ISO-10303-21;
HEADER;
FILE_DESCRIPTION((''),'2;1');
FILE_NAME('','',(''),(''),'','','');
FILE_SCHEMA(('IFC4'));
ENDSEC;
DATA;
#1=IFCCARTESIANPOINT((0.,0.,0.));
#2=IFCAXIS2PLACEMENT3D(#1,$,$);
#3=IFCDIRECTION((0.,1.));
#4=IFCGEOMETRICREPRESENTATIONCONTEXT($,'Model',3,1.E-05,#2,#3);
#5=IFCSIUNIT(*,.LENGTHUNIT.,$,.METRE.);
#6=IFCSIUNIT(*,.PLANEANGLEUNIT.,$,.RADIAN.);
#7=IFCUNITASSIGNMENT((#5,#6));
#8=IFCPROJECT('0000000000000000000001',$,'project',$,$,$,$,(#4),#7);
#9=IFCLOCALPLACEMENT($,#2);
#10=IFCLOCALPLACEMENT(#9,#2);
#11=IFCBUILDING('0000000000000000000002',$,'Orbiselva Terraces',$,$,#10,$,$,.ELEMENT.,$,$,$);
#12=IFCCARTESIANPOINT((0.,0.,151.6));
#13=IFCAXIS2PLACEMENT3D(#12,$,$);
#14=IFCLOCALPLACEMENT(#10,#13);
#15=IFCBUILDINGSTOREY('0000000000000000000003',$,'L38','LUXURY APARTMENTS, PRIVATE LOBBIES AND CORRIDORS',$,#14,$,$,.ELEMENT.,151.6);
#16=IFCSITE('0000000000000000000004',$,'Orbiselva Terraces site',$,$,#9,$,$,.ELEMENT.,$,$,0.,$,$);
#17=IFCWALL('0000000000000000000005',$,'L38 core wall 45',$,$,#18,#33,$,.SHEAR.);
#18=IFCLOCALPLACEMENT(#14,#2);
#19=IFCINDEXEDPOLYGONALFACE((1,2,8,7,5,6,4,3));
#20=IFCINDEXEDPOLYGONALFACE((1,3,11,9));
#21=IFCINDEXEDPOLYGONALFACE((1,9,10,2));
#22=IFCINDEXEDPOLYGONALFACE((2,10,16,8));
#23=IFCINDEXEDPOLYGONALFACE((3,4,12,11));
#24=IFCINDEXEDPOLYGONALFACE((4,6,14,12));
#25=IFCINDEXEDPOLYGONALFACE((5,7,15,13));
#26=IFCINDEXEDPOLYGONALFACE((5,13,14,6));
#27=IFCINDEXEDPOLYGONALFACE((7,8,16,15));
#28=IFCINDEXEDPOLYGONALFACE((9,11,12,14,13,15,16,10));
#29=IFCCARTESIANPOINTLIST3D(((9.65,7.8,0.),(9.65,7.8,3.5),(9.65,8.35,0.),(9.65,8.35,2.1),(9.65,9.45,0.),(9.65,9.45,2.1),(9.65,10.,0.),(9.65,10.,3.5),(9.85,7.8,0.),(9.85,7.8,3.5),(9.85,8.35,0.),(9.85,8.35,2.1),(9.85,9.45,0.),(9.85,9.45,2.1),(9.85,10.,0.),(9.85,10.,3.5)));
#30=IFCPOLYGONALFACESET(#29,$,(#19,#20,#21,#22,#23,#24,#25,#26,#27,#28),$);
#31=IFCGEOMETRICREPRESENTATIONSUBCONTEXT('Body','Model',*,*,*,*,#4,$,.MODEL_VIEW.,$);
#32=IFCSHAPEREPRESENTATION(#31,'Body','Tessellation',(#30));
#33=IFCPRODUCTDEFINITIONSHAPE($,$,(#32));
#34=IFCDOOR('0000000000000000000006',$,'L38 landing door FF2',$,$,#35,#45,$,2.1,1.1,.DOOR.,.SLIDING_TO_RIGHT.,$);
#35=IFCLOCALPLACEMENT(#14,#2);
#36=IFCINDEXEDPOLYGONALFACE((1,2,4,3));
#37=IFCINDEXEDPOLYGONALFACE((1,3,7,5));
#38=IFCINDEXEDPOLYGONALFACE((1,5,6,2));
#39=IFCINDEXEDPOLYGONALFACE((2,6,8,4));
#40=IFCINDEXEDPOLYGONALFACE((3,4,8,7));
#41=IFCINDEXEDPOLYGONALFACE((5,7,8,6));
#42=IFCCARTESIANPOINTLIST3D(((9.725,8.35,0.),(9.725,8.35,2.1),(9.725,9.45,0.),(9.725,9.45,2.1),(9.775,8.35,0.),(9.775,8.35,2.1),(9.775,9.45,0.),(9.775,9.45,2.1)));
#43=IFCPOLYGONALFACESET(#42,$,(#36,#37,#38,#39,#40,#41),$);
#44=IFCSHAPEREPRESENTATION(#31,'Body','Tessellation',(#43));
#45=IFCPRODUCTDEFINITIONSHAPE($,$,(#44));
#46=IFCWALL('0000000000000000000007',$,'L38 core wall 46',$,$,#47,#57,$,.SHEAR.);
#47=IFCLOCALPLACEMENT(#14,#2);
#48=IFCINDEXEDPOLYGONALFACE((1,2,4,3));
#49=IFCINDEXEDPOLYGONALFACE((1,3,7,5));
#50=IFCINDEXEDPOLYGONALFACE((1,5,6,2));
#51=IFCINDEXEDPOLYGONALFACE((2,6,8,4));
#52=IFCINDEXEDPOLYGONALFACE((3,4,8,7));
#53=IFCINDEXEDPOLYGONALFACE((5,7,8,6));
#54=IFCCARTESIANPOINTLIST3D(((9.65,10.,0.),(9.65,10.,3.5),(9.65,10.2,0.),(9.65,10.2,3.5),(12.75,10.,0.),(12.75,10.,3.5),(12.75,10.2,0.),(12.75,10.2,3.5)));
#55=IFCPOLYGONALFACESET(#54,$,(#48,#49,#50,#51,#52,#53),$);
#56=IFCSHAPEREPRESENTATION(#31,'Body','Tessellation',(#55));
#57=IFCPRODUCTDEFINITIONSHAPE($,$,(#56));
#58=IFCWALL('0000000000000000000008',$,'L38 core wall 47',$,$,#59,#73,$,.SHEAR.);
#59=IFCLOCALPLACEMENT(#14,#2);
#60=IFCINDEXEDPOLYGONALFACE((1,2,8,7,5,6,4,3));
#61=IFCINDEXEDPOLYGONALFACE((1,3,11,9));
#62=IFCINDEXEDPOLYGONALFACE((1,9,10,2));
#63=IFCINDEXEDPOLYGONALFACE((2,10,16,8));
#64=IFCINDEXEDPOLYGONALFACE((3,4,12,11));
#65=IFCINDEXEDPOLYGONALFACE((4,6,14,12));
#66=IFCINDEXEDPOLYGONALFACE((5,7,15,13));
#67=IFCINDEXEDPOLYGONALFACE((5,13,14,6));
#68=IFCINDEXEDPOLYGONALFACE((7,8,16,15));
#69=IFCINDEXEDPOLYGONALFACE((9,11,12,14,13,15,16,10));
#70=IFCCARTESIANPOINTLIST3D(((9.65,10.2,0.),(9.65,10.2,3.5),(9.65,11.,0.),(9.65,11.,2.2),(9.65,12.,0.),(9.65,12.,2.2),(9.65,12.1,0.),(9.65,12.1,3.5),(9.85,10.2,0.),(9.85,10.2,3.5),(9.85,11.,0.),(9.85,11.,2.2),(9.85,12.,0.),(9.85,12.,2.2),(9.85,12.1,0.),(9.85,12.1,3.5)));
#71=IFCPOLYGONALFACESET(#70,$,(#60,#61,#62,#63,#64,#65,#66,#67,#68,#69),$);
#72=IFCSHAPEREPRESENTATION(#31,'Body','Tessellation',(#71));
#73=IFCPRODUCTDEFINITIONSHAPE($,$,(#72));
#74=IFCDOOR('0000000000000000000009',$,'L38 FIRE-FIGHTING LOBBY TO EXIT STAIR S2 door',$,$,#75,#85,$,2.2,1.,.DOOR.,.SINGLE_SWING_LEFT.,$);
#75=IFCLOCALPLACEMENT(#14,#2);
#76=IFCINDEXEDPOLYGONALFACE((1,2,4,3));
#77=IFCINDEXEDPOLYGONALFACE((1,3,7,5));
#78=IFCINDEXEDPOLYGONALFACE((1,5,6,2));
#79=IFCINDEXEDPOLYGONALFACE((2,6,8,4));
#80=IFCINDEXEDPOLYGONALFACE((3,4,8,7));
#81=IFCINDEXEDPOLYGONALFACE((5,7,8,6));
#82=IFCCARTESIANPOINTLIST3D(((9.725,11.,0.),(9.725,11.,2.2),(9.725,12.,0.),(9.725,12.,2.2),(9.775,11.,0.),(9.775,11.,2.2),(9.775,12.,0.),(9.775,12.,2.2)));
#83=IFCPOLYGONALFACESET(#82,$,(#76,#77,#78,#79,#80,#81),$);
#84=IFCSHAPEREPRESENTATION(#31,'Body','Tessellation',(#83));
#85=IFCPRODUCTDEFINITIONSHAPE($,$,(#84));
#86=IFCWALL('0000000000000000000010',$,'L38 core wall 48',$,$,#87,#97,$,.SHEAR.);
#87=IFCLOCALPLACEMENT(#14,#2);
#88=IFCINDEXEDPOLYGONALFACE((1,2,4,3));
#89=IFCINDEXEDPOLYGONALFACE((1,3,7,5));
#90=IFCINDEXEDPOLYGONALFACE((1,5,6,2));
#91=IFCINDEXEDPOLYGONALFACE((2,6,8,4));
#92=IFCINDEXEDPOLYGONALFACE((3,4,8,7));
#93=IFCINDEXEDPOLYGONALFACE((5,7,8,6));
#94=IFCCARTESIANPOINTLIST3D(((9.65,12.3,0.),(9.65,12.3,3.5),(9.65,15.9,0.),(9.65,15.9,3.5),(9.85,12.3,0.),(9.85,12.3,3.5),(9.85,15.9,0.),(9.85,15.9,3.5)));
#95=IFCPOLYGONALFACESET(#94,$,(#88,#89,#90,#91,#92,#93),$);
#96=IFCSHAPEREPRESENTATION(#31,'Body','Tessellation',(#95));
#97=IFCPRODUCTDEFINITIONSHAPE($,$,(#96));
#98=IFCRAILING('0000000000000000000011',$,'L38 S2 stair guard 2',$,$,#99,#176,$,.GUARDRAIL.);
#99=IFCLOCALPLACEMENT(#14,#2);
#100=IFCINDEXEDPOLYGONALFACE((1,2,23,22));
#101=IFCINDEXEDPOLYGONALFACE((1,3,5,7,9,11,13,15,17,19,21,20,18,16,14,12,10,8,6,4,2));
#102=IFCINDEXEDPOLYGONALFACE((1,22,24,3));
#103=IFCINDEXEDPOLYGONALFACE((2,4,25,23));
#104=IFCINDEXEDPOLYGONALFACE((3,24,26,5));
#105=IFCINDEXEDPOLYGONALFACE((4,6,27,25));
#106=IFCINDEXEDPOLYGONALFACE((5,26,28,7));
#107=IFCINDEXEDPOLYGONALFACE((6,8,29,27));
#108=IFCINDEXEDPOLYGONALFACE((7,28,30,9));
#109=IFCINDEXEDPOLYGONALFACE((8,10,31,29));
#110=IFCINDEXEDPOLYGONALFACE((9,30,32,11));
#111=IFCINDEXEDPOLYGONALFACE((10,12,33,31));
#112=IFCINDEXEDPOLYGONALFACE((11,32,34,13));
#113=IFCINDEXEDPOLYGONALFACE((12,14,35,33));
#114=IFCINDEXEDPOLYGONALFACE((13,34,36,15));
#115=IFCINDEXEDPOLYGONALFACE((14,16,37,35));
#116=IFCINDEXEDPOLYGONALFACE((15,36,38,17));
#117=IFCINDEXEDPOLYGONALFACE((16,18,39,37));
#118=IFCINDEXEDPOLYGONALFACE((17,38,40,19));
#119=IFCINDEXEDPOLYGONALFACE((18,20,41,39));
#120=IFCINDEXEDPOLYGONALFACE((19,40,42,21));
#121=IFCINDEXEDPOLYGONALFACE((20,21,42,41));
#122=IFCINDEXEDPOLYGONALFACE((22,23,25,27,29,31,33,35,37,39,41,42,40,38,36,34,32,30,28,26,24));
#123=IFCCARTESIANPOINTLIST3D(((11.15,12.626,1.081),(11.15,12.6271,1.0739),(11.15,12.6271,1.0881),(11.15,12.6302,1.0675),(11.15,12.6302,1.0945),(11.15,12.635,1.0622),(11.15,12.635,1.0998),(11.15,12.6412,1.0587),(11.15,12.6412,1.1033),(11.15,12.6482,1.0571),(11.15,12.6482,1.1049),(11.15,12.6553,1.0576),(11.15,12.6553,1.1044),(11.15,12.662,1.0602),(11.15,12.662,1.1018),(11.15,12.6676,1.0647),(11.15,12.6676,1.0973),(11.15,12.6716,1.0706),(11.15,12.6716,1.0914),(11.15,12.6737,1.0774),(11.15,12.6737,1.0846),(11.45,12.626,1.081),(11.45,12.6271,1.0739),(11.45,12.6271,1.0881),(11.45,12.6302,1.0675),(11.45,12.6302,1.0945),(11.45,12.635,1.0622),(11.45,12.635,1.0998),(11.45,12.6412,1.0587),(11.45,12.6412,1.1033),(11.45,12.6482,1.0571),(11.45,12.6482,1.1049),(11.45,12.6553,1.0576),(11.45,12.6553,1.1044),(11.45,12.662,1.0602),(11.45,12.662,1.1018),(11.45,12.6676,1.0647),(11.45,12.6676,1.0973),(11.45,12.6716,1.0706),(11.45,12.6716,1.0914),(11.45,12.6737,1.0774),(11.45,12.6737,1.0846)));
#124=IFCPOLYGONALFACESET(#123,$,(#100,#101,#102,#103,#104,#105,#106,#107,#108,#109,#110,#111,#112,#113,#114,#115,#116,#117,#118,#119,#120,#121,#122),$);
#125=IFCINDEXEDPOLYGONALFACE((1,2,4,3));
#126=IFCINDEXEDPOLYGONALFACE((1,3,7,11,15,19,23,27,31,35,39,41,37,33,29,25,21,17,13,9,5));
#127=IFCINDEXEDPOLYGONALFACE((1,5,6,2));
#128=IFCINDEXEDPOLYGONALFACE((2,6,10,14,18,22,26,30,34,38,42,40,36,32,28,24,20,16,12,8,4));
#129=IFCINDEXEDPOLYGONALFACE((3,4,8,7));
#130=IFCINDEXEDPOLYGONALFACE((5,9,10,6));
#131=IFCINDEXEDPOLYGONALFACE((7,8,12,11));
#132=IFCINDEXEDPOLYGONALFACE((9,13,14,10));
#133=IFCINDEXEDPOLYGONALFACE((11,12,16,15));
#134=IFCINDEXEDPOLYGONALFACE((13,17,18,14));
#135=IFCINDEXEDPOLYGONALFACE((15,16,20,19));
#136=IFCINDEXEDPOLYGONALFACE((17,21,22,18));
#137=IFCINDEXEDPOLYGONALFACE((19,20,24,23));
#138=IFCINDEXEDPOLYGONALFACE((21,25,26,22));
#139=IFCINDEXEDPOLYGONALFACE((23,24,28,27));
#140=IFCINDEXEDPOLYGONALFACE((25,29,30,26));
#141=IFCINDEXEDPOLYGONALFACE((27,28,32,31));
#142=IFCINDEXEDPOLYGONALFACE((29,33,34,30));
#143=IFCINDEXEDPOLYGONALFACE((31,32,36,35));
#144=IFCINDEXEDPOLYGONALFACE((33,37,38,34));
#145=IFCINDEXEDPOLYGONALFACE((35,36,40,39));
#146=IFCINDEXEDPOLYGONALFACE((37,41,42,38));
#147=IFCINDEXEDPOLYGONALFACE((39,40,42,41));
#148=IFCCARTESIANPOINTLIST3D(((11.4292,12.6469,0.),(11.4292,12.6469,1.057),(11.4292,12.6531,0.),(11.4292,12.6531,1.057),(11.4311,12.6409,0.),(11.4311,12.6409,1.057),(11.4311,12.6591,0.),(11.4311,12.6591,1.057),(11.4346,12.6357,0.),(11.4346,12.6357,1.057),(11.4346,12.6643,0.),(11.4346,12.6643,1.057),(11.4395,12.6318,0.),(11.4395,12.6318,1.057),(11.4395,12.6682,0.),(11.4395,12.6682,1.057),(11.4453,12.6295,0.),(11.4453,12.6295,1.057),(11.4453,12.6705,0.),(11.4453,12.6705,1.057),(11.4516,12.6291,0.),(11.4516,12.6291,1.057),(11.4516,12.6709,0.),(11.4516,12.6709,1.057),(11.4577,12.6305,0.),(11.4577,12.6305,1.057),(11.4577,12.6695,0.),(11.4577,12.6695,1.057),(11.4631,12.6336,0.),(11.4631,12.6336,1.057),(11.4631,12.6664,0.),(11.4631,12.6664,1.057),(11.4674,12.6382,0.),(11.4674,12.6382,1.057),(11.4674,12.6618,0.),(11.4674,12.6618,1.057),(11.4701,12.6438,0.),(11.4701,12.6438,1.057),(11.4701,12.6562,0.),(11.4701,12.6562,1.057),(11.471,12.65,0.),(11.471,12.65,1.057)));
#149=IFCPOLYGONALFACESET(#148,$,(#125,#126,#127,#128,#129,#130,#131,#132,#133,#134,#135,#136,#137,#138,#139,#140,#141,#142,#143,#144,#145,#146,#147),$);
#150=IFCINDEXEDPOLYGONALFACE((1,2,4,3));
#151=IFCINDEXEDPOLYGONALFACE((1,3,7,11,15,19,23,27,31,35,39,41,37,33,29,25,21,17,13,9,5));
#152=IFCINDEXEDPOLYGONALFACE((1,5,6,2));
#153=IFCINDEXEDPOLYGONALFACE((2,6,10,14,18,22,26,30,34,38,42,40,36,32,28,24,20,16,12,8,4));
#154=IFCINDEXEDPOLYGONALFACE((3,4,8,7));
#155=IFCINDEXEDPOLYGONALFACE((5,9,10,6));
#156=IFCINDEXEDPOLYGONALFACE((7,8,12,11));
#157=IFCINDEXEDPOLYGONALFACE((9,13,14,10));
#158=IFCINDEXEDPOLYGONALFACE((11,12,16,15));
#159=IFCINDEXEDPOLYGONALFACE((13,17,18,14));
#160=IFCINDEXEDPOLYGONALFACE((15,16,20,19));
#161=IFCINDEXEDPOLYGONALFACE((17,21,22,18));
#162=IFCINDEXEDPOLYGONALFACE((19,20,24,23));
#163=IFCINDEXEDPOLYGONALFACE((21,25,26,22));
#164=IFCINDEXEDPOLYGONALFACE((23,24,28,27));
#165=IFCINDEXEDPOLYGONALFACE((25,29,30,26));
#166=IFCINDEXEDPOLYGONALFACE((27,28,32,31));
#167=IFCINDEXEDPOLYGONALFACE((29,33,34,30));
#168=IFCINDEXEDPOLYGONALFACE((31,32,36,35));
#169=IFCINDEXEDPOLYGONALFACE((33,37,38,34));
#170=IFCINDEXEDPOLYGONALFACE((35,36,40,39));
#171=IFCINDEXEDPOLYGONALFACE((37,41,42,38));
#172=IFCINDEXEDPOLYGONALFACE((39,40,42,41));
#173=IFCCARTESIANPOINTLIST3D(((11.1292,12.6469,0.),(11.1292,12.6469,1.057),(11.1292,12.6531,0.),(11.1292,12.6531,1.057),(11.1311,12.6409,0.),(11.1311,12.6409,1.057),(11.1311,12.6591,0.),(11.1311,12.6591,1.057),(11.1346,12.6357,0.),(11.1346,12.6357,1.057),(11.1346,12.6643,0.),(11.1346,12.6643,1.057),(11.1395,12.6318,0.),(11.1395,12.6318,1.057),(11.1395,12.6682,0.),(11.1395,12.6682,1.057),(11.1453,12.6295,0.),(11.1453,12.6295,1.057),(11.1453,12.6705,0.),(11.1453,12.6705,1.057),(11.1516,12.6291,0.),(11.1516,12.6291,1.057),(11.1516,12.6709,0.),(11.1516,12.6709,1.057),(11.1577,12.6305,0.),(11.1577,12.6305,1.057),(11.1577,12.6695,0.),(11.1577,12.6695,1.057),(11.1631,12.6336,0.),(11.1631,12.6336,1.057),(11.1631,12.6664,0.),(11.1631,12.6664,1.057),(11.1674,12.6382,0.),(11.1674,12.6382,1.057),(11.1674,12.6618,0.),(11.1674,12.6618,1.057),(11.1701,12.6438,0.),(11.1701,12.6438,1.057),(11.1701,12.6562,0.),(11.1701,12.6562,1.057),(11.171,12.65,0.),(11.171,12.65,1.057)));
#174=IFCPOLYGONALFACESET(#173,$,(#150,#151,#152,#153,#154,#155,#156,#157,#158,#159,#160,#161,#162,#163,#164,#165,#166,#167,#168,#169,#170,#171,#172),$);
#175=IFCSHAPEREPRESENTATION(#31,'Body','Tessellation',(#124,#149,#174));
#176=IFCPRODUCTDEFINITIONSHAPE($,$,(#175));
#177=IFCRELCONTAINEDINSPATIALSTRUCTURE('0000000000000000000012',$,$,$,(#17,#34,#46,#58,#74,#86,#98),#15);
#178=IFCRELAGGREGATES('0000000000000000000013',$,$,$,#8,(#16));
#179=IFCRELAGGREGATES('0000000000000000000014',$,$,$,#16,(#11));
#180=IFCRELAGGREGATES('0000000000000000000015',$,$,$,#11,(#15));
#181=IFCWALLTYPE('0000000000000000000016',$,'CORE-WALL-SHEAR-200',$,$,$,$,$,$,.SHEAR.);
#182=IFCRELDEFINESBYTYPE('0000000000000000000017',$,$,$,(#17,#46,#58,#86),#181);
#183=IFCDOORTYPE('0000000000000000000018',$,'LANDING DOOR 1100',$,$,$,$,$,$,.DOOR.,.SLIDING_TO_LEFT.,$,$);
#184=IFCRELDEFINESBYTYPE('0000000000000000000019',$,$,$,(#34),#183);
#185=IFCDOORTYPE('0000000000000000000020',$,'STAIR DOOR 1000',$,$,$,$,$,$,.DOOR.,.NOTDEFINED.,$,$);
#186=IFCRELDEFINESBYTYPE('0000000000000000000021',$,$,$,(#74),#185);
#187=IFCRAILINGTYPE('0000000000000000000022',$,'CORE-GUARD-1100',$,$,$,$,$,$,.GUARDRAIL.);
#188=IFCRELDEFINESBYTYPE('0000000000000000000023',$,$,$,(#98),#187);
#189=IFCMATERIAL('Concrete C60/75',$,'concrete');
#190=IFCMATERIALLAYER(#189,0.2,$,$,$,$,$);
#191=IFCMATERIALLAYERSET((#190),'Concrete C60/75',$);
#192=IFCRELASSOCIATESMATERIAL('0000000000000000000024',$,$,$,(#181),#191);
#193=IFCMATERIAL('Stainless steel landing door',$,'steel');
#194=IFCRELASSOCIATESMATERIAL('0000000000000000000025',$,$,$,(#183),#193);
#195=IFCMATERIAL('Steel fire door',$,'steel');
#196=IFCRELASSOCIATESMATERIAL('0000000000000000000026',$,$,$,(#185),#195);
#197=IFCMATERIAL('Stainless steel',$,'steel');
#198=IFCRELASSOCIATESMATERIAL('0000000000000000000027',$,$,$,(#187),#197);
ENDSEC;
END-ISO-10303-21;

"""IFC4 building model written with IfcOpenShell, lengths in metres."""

from ifc_helpers import new_model, si_unit, direction, frame, frame_2d, origin, origin_2d, place, context, subcontext, project, spatial, rectangle, circle, extrude, material, layer, layer_set, type_object, element, fill, save


model = new_model("IFC4")

# Units and contexts
model_context = context("Model", 3, precision=1e-05, world=origin(), true_north=direction((0.0, 1.0)))
body_context = subcontext(model_context, "Body", "Model", "MODEL_VIEW")
ifc_project = project(units=[si_unit("LENGTHUNIT", "METRE"), si_unit("PLANEANGLEUNIT", "RADIAN")], contexts=[model_context])

# Site, building, storey
site_placement = place(None, origin())
site = spatial("IfcSite", under=ifc_project, at=site_placement, Name="Orbiselva Terraces site", CompositionType="ELEMENT", RefElevation=0.0)
building_placement = place(site_placement, origin())
building = spatial("IfcBuilding", under=site, at=building_placement, Name="Orbiselva Terraces", CompositionType="ELEMENT")
storey_placement = place(building_placement, frame((0.0, 0.0, 151.6)))
storey = spatial("IfcBuildingStorey", under=building, at=storey_placement, Name="L38", Description="LUXURY APARTMENTS, PRIVATE LOBBIES AND CORRIDORS", CompositionType="ELEMENT", Elevation=151.6)

# Shared definitions
ifc_material_1 = material(Name="Steel fire door", Category="steel")

# Shared definitions
ifc_material_2 = material(Name="Concrete C60/75", Category="concrete")
ifc_layer_1 = layer(ifc_material_2, 0.2)
ifc_layer_set_1 = layer_set([ifc_layer_1], Name="Concrete C60/75")
wall_type_1 = type_object("IfcWallType", Name="CORE-WALL-SHEAR-200", PredefinedType="SHEAR", material=ifc_layer_set_1)

# Shared definitions
ifc_material_3 = material(Name="Stainless steel landing door", Category="steel")
door_type_1 = type_object("IfcDoorType", Name="LANDING DOOR 1100", OperationType="SLIDING_TO_LEFT", PredefinedType="DOOR", material=ifc_material_3)

# Wall, opening, door
wall_1_placement = place(storey_placement, frame((9.75, 7.8, 0.0), z_axis=(0.0, 0.0, 1.0), x_axis=(0.0, 1.0, 0.0)))
wall_1 = element("IfcWall", 1, at=wall_1_placement, inside=storey, type_object=wall_type_1, Name="L38 core wall 45", PredefinedType="SHEAR", context=body_context, shape_type="SweptSolid", body=[
    extrude(rectangle(XDim=2.2, YDim=0.2, at=frame_2d((1.1, 0.0))), origin(), (0.0, 0.0, 1.0), 3.5),
])
opening_1_placement = place(wall_1_placement, frame((0.55, 0.0, 0.0)))
opening_1 = element("IfcOpeningElement", 2, at=opening_1_placement, cuts=wall_1, PredefinedType="OPENING", context=body_context, shape_type="SweptSolid", body=[
    extrude(rectangle(XDim=1.1, YDim=2.1, at=frame_2d((0.55, 1.05))), frame((0.0, 0.11, 0.0), z_axis=(0.0, -1.0, 0.0), x_axis=(1.0, 0.0, 0.0)), (0.0, 0.0, 1.0), 0.22),
])
door_1_placement = place(opening_1_placement, origin())
door_1 = element("IfcDoor", 3, at=door_1_placement, inside=storey, type_object=door_type_1, Name="L38 landing door FF2", OperationType="SLIDING_TO_RIGHT", OverallHeight=2.1, OverallWidth=1.1, PredefinedType="DOOR", context=body_context, shape_type="SweptSolid", body=[
    extrude(rectangle(XDim=1.1, YDim=2.1, at=frame_2d((0.55, 1.05))), frame((0.0, 0.025, 0.0), z_axis=(0.0, -1.0, 0.0), x_axis=(1.0, 0.0, 0.0)), (0.0, 0.0, 1.0), 0.05),
])
fill(opening_1, door_1)

# Wall
wall_2_placement = place(storey_placement, frame((9.65, 10.1, 0.0), z_axis=(0.0, 0.0, 1.0), x_axis=(1.0, 0.0, 0.0)))
element("IfcWall", 4, at=wall_2_placement, inside=storey, type_object=wall_type_1, Name="L38 core wall 46", PredefinedType="SHEAR", context=body_context, shape_type="SweptSolid", body=[
    extrude(rectangle(XDim=3.1, YDim=0.2, at=frame_2d((1.55, 0.0))), origin(), (0.0, 0.0, 1.0), 3.5),
])

# Wall, opening, door
wall_3_placement = place(storey_placement, frame((9.75, 12.1, 0.0), z_axis=(0.0, 0.0, 1.0), x_axis=(0.0, -1.0, 0.0)))
wall_3 = element("IfcWall", 5, at=wall_3_placement, inside=storey, type_object=wall_type_1, Name="L38 core wall 47", PredefinedType="SHEAR", context=body_context, shape_type="SweptSolid", body=[
    extrude(rectangle(XDim=1.9, YDim=0.2, at=frame_2d((0.95, 0.0))), origin(), (0.0, 0.0, 1.0), 3.5),
])
opening_2_placement = place(wall_3_placement, frame((0.1, 0.0, 0.0)))
opening_2 = element("IfcOpeningElement", 6, at=opening_2_placement, cuts=wall_3, PredefinedType="OPENING", context=body_context, shape_type="SweptSolid", body=[
    extrude(rectangle(XDim=1.0, YDim=2.2, at=frame_2d((0.5, 1.1))), frame((0.0, 0.11, 0.0), z_axis=(0.0, -1.0, 0.0), x_axis=(1.0, 0.0, 0.0)), (0.0, 0.0, 1.0), 0.22),
])
door_type_2 = type_object("IfcDoorType", Name="STAIR DOOR 1000", OperationType="NOTDEFINED", PredefinedType="DOOR", material=ifc_material_1)
door_2_placement = place(opening_2_placement, origin())
door_2 = element("IfcDoor", 7, at=door_2_placement, inside=storey, type_object=door_type_2, Name="L38 FIRE-FIGHTING LOBBY TO EXIT STAIR S2 door", OperationType="SINGLE_SWING_LEFT", OverallHeight=2.2, OverallWidth=1.0, PredefinedType="DOOR", context=body_context, shape_type="SweptSolid", body=[
    extrude(rectangle(XDim=1.0, YDim=2.2, at=frame_2d((0.5, 1.1))), frame((0.0, 0.025, 0.0), z_axis=(0.0, -1.0, 0.0), x_axis=(1.0, 0.0, 0.0)), (0.0, 0.0, 1.0), 0.05),
])
fill(opening_2, door_2)

# Wall
wall_4_placement = place(storey_placement, frame((9.75, 12.3, 0.0), z_axis=(0.0, 0.0, 1.0), x_axis=(0.0, 1.0, 0.0)))
element("IfcWall", 8, at=wall_4_placement, inside=storey, type_object=wall_type_1, Name="L38 core wall 48", PredefinedType="SHEAR", context=body_context, shape_type="SweptSolid", body=[
    extrude(rectangle(XDim=3.6, YDim=0.2, at=frame_2d((1.8, 0.0))), origin(), (0.0, 0.0, 1.0), 3.5),
])

# Railing
ifc_material_4 = material(Name="Stainless steel", Category="steel")
railing_type = type_object("IfcRailingType", Name="CORE-GUARD-1100", PredefinedType="GUARDRAIL", material=ifc_material_4)
railing_1_placement = place(storey_placement, frame((11.45, 12.65, 0.0)))
element("IfcRailing", 9, at=railing_1_placement, inside=storey, type_object=railing_type, Name="L38 S2 stair guard 2", PredefinedType="GUARDRAIL", context=body_context, shape_type="SweptSolid", body=[
    extrude(circle(Radius=0.024, at=origin_2d()), frame((0.0, 0.0, 1.081), z_axis=(-1.0, 0.0, 0.0), x_axis=(0.0, -1.0, 0.0)), (0.0, 0.0, 1.0), 0.3),
    extrude(circle(Radius=0.021, at=origin_2d()), origin(), (0.0, 0.0, 1.0), 1.057),
    extrude(circle(Radius=0.021, at=origin_2d()), frame((-0.3, 0.0, 0.0)), (0.0, 0.0, 1.0), 1.057),
])

save(model, "model.ifc")
